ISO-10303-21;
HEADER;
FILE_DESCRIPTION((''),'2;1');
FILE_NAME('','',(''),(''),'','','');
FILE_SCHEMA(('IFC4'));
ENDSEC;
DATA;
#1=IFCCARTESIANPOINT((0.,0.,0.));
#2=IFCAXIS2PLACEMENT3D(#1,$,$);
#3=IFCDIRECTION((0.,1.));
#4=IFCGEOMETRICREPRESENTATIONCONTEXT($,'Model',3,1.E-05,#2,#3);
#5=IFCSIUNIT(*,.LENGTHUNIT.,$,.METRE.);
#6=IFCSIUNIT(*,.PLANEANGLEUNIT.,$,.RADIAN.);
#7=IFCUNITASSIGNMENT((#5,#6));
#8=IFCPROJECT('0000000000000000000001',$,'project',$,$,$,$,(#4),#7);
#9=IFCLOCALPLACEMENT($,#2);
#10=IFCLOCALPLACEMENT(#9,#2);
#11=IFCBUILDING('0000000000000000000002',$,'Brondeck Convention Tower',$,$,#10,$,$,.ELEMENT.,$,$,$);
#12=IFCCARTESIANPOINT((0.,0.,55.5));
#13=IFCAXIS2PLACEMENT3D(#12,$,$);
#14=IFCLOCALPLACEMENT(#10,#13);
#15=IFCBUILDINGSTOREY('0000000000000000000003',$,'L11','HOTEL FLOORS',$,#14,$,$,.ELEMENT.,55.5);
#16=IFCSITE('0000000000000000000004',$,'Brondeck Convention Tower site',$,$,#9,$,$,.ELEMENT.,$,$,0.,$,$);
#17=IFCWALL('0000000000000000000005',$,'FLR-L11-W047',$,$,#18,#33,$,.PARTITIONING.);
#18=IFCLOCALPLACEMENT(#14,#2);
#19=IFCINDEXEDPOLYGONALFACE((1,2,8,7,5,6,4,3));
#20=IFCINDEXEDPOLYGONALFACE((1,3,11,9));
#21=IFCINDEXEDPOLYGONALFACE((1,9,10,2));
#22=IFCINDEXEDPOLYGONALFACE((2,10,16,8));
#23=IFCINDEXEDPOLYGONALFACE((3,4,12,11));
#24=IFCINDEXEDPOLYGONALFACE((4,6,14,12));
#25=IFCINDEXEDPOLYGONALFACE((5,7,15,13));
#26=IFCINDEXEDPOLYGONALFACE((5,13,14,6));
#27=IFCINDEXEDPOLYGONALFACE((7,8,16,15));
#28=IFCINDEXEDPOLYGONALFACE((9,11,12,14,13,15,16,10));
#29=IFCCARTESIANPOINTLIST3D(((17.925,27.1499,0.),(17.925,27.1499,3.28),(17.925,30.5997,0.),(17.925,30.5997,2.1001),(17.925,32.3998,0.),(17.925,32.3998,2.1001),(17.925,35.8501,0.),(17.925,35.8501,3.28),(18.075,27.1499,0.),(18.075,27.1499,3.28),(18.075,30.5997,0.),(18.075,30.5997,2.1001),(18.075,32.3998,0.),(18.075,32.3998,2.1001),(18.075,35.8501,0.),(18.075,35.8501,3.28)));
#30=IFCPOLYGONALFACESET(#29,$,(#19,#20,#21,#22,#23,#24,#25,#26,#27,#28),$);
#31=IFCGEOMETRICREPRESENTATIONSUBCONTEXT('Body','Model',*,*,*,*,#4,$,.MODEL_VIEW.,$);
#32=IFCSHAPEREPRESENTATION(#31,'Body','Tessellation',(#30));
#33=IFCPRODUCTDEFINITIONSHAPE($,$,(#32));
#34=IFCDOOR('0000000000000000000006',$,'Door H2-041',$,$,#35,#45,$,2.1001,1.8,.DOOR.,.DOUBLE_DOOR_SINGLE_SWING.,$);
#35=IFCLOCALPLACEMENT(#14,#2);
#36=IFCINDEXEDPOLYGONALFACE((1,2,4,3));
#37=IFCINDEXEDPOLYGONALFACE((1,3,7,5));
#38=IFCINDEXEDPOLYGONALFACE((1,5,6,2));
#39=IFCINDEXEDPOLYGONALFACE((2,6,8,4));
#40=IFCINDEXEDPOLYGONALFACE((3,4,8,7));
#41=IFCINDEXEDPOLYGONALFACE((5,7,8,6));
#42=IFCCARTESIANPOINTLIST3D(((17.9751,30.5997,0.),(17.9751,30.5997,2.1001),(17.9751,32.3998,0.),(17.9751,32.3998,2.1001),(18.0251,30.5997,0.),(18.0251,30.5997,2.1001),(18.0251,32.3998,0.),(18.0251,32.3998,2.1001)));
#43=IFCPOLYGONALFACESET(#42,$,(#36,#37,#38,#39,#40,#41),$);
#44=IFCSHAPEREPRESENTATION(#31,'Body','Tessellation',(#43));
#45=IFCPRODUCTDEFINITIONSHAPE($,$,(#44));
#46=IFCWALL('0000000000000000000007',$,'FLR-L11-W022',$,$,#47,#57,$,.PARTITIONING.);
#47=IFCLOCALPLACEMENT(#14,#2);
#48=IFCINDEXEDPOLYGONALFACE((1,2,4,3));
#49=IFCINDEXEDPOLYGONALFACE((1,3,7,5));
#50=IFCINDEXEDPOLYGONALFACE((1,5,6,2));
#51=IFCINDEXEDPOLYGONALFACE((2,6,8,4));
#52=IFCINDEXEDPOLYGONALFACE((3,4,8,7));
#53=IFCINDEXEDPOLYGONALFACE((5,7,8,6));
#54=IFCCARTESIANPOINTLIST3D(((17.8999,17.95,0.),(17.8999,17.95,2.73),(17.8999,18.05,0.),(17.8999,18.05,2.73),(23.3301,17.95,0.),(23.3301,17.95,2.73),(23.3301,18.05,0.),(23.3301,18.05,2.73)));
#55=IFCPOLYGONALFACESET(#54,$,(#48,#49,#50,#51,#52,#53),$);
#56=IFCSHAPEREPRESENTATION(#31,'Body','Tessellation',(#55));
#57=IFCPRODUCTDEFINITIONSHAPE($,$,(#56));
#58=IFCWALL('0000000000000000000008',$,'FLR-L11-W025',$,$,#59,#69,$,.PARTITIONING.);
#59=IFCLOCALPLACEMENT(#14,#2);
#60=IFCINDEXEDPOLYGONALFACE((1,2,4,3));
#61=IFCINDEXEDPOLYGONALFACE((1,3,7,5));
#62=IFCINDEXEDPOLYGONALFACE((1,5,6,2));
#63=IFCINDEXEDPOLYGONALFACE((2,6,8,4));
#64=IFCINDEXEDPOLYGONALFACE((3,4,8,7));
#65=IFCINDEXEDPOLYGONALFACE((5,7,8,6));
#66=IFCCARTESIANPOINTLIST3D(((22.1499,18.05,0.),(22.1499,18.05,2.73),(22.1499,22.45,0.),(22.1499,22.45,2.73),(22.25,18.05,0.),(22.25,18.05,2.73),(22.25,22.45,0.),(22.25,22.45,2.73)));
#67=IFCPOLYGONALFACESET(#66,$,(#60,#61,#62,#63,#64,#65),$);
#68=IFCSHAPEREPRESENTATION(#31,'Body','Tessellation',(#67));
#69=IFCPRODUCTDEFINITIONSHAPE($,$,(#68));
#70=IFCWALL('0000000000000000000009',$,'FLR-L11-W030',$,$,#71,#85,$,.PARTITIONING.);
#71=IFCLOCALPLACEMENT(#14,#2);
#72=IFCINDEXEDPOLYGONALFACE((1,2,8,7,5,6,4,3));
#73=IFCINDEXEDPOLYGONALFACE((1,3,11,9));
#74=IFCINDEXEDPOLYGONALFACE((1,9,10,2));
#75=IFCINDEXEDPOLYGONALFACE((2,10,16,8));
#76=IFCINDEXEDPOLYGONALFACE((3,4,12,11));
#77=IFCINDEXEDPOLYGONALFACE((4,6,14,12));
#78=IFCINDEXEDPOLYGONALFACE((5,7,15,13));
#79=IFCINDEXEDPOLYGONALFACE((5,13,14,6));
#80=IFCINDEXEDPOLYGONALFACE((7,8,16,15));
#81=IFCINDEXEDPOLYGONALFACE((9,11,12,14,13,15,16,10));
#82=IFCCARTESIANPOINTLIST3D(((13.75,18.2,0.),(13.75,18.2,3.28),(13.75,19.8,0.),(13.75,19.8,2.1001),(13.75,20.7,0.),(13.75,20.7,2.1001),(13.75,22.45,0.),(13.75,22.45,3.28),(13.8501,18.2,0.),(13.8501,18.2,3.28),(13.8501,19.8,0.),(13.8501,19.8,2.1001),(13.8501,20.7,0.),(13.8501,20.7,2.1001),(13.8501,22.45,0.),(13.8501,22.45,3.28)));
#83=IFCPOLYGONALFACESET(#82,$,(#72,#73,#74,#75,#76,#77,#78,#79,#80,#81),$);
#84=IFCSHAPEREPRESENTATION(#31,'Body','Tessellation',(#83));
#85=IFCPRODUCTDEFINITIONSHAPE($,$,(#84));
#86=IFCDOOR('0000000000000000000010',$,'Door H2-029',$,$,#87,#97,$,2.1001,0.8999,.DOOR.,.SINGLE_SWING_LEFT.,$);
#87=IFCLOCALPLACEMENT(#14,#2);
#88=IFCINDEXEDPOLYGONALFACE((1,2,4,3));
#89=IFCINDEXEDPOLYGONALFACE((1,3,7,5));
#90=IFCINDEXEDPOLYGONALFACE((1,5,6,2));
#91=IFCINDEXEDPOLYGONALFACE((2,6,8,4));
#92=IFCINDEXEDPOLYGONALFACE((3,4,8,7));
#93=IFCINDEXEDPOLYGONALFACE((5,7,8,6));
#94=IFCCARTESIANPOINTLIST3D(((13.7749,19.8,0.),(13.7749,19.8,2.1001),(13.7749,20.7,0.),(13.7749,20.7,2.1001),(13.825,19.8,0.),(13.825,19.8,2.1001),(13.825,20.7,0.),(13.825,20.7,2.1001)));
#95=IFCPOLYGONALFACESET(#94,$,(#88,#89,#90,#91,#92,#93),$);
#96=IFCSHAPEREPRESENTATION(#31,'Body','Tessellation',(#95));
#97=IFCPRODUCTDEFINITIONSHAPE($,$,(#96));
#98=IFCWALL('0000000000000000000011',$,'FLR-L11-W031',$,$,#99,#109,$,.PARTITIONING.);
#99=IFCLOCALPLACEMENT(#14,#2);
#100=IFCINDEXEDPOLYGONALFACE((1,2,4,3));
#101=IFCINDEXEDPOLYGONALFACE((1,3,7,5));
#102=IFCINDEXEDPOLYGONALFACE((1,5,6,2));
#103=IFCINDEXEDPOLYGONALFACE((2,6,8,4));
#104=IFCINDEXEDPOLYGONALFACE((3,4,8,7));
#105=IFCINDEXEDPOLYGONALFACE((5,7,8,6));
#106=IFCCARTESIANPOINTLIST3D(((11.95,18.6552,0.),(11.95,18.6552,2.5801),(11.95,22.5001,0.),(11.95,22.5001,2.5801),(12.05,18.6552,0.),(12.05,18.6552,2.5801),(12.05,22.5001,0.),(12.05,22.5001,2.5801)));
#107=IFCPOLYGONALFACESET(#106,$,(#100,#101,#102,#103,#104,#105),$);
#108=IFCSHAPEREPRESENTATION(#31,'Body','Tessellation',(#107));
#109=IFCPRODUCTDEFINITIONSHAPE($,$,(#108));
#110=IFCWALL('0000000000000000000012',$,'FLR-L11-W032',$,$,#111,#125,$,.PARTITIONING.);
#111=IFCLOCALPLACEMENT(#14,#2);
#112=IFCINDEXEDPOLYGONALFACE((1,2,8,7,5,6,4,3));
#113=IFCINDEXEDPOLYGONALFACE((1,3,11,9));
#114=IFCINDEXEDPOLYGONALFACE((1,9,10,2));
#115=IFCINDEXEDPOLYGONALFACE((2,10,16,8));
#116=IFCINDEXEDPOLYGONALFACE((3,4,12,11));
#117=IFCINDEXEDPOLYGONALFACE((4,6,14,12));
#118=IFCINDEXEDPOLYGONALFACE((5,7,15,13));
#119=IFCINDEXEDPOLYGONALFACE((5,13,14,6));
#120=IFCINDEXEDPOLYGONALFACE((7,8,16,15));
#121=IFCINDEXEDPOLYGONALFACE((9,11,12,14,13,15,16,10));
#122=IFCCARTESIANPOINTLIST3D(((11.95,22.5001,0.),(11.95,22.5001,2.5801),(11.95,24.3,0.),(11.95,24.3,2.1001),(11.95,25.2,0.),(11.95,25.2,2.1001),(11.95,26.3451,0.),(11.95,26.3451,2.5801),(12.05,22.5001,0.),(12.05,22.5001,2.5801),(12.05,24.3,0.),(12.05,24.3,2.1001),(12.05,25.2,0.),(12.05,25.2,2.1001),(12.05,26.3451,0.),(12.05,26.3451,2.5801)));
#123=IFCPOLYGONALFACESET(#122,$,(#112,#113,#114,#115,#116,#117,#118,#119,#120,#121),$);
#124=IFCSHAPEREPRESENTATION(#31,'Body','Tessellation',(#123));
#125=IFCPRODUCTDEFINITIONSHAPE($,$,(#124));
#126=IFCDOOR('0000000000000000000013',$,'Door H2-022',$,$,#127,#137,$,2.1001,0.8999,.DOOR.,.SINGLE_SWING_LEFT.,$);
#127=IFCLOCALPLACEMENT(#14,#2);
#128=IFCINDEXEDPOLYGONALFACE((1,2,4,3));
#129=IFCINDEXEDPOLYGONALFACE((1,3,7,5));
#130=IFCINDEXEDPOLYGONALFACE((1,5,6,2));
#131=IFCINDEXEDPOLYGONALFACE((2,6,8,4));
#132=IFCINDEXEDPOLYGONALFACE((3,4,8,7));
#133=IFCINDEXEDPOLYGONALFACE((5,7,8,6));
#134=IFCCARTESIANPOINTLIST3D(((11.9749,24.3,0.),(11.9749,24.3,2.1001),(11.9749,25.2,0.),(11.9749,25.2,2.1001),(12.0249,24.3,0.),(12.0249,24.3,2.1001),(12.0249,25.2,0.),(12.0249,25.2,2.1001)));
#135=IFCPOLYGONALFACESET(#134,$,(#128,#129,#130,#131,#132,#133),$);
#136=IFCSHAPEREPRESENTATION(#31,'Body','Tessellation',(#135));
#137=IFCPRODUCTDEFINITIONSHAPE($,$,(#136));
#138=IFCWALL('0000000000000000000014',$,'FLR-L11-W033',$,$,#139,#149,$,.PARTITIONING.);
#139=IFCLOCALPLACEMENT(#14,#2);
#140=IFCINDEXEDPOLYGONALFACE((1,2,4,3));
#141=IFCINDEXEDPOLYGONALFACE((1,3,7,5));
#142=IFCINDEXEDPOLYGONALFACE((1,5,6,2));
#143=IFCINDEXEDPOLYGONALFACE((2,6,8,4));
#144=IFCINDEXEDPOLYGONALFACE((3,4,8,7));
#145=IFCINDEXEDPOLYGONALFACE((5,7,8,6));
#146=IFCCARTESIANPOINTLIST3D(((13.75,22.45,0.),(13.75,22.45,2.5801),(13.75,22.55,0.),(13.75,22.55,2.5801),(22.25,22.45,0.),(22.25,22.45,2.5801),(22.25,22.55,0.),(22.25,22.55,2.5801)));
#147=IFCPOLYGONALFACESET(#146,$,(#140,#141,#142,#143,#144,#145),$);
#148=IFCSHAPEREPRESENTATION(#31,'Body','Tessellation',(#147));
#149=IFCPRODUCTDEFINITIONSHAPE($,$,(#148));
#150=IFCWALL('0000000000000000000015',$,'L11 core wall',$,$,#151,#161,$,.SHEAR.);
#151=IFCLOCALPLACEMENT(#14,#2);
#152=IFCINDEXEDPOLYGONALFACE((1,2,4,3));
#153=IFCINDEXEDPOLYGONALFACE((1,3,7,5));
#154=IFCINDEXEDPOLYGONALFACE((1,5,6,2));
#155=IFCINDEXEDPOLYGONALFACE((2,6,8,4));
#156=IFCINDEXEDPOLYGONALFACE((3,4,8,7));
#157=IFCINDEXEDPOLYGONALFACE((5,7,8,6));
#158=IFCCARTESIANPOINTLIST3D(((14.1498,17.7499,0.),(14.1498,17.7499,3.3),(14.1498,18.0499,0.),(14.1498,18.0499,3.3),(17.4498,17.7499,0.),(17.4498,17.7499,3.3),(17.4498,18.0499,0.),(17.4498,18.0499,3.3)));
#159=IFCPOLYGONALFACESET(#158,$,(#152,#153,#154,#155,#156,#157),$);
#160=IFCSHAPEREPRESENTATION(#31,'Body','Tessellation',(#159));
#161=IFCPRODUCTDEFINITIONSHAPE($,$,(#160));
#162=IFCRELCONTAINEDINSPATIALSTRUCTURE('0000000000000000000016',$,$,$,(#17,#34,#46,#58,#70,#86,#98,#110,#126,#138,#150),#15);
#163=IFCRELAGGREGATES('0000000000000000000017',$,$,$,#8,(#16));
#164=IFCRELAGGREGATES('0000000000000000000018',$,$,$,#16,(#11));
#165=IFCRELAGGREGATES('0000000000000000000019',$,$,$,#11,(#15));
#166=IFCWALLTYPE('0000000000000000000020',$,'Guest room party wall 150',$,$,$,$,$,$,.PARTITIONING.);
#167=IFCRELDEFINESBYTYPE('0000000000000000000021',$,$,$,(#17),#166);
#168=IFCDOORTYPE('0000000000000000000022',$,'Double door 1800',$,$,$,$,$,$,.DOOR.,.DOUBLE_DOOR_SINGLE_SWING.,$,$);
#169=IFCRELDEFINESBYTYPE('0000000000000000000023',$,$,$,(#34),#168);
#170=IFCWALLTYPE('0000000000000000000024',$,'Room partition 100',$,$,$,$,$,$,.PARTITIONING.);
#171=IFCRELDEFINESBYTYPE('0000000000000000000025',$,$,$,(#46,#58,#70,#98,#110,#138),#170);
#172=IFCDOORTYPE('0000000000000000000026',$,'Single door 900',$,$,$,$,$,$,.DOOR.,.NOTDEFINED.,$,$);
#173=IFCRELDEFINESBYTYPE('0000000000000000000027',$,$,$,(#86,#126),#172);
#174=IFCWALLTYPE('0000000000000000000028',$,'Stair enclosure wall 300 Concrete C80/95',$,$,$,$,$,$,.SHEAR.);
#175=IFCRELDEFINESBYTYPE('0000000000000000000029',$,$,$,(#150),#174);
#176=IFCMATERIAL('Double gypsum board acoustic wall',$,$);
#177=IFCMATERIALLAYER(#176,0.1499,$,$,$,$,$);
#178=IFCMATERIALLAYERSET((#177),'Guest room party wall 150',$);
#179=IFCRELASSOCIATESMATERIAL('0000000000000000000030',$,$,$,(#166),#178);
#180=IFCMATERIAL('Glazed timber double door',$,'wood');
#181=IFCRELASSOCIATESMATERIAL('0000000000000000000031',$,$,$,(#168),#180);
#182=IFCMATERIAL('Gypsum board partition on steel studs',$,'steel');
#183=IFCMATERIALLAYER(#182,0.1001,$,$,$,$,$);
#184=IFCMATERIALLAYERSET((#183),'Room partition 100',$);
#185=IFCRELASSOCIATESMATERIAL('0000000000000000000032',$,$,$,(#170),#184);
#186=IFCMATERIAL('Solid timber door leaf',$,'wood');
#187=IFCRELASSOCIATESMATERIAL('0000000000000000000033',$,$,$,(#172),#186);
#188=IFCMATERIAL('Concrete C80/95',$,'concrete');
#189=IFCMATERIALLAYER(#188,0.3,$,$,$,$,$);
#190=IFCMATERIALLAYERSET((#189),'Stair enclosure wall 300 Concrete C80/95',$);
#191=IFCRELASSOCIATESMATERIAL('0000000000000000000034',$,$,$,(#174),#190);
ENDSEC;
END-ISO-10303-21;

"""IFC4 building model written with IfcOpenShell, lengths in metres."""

from ifc_helpers import new_model, si_unit, direction, frame, frame_2d, origin, place, context, subcontext, project, spatial, rectangle, extrude, material, layer, layer_set, type_object, element, fill, save


model = new_model("IFC4")

# Units and contexts
model_context = context("Model", 3, precision=1e-05, world=origin(), true_north=direction((0.0, 1.0)))
body_context = subcontext(model_context, "Body", "Model", "MODEL_VIEW")
ifc_project = project(units=[si_unit("LENGTHUNIT", "METRE"), si_unit("PLANEANGLEUNIT", "RADIAN")], contexts=[model_context])

# Site, building, storey
site_placement = place(None, origin())
site = spatial("IfcSite", under=ifc_project, at=site_placement, Name="Brondeck Convention Tower site", CompositionType="ELEMENT", RefElevation=0.0)
building_placement = place(site_placement, origin())
building = spatial("IfcBuilding", under=site, at=building_placement, Name="Brondeck Convention Tower", CompositionType="ELEMENT")
storey_placement = place(building_placement, frame((0.0, 0.0, 55.5)))
storey = spatial("IfcBuildingStorey", under=building, at=storey_placement, Name="L11", Description="HOTEL FLOORS", CompositionType="ELEMENT", Elevation=55.5)

# Shared definitions
ifc_material_1 = material(Name="Concrete C80/95", Category="concrete")

# Wall, opening, door
ifc_material_2 = material(Name="Double gypsum board acoustic wall")
ifc_layer_1 = layer(ifc_material_2, 0.1499)
ifc_layer_set_1 = layer_set([ifc_layer_1], Name="Guest room party wall 150")
wall_type_1 = type_object("IfcWallType", Name="Guest room party wall 150", PredefinedType="PARTITIONING", material=ifc_layer_set_1)
wall_1_placement = place(storey_placement, frame((18.0, 27.1499, 0.0), z_axis=(0.0, 0.0, 1.0), x_axis=(0.0, 1.0, 0.0)))
wall_1 = element("IfcWall", 1, at=wall_1_placement, inside=storey, type_object=wall_type_1, Name="FLR-L11-W047", PredefinedType="PARTITIONING", context=body_context, shape_type="SweptSolid", body=[
    extrude(rectangle(XDim=8.7002, YDim=0.1499, at=frame_2d((4.3501, 0.0))), origin(), (0.0, 0.0, 1.0), 3.28),
])
opening_1_placement = place(wall_1_placement, frame((3.45, 0.0, 0.0)))
opening_1 = element("IfcOpeningElement", 2, at=opening_1_placement, cuts=wall_1, PredefinedType="OPENING", context=body_context, shape_type="SweptSolid", body=[
    extrude(rectangle(XDim=1.8, YDim=2.1001, at=frame_2d((0.8999, 1.05))), frame((0.0, 0.085, 0.0), z_axis=(0.0, -1.0, 0.0), x_axis=(1.0, 0.0, 0.0)), (0.0, 0.0, 1.0), 0.1699),
])
ifc_material_3 = material(Name="Glazed timber double door", Category="wood")
door_type_1 = type_object("IfcDoorType", Name="Double door 1800", OperationType="DOUBLE_DOOR_SINGLE_SWING", PredefinedType="DOOR", material=ifc_material_3)
door_1_placement = place(opening_1_placement, origin())
door_1 = element("IfcDoor", 3, at=door_1_placement, inside=storey, type_object=door_type_1, Name="Door H2-041", OperationType="DOUBLE_DOOR_SINGLE_SWING", OverallHeight=2.1001, OverallWidth=1.8, PredefinedType="DOOR", context=body_context, shape_type="SweptSolid", body=[
    extrude(rectangle(XDim=1.8, YDim=2.1001, at=frame_2d((0.8999, 1.05))), frame((0.0, 0.0249, 0.0), z_axis=(0.0, -1.0, 0.0), x_axis=(1.0, 0.0, 0.0)), (0.0, 0.0, 1.0), 0.05),
])
fill(opening_1, door_1)

# Walls
ifc_material_4 = material(Name="Gypsum board partition on steel studs", Category="steel")
ifc_layer_2 = layer(ifc_material_4, 0.1001)
ifc_layer_set_2 = layer_set([ifc_layer_2], Name="Room partition 100")
wall_type_2 = type_object("IfcWallType", Name="Room partition 100", PredefinedType="PARTITIONING", material=ifc_layer_set_2)
wall_2_placement = place(storey_placement, frame((23.3301, 18.0, 0.0), z_axis=(0.0, 0.0, 1.0), x_axis=(-1.0, 0.0, 0.0)))
element("IfcWall", 4, at=wall_2_placement, inside=storey, type_object=wall_type_2, Name="FLR-L11-W022", PredefinedType="PARTITIONING", context=body_context, shape_type="SweptSolid", body=[
    extrude(rectangle(XDim=5.4302, YDim=0.1001, at=frame_2d((2.7151, 0.0))), origin(), (0.0, 0.0, 1.0), 2.73),
])
wall_3_placement = place(storey_placement, frame((22.2, 18.05, 0.0), z_axis=(0.0, 0.0, 1.0), x_axis=(0.0, 1.0, 0.0)))
element("IfcWall", 5, at=wall_3_placement, inside=storey, type_object=wall_type_2, Name="FLR-L11-W025", PredefinedType="PARTITIONING", context=body_context, shape_type="SweptSolid", body=[
    extrude(rectangle(XDim=4.3999, YDim=0.1001, at=frame_2d((2.2, 0.0))), origin(), (0.0, 0.0, 1.0), 2.73),
])

# Wall, opening, door
wall_4_placement = place(storey_placement, frame((13.8, 22.45, 0.0), z_axis=(0.0, 0.0, 1.0), x_axis=(0.0, -1.0, 0.0)))
wall_4 = element("IfcWall", 6, at=wall_4_placement, inside=storey, type_object=wall_type_2, Name="FLR-L11-W030", PredefinedType="PARTITIONING", context=body_context, shape_type="SweptSolid", body=[
    extrude(rectangle(XDim=4.25, YDim=0.1001, at=frame_2d((2.125, 0.0))), origin(), (0.0, 0.0, 1.0), 3.28),
])
opening_2_placement = place(wall_4_placement, frame((1.75, 0.0, 0.0)))
opening_2 = element("IfcOpeningElement", 7, at=opening_2_placement, cuts=wall_4, PredefinedType="OPENING", context=body_context, shape_type="SweptSolid", body=[
    extrude(rectangle(XDim=0.8999, YDim=2.1001, at=frame_2d((0.45, 1.05))), frame((0.0, 0.0601, 0.0), z_axis=(0.0, -1.0, 0.0), x_axis=(1.0, 0.0, 0.0)), (0.0, 0.0, 1.0), 0.1201),
])
ifc_material_5 = material(Name="Solid timber door leaf", Category="wood")
door_type_2 = type_object("IfcDoorType", Name="Single door 900", OperationType="NOTDEFINED", PredefinedType="DOOR", material=ifc_material_5)
door_2_placement = place(opening_2_placement, origin())
door_2 = element("IfcDoor", 8, at=door_2_placement, inside=storey, type_object=door_type_2, Name="Door H2-029", OperationType="SINGLE_SWING_LEFT", OverallHeight=2.1001, OverallWidth=0.8999, PredefinedType="DOOR", context=body_context, shape_type="SweptSolid", body=[
    extrude(rectangle(XDim=0.8999, YDim=2.1001, at=frame_2d((0.45, 1.05))), frame((0.0, 0.0249, 0.0), z_axis=(0.0, -1.0, 0.0), x_axis=(1.0, 0.0, 0.0)), (0.0, 0.0, 1.0), 0.05),
])
fill(opening_2, door_2)

# Wall
wall_5_placement = place(storey_placement, frame((12.0, 22.5, 0.0), z_axis=(0.0, 0.0, 1.0), x_axis=(0.0, -1.0, 0.0)))
element("IfcWall", 9, at=wall_5_placement, inside=storey, type_object=wall_type_2, Name="FLR-L11-W031", PredefinedType="PARTITIONING", context=body_context, shape_type="SweptSolid", body=[
    extrude(rectangle(XDim=3.845, YDim=0.1001, at=frame_2d((1.9224, 0.0))), origin(), (0.0, 0.0, 1.0), 2.5801),
])

# Wall, opening, door
wall_6_placement = place(storey_placement, frame((12.0, 26.345, 0.0), z_axis=(0.0, 0.0, 1.0), x_axis=(0.0, -1.0, 0.0)))
wall_6 = element("IfcWall", 10, at=wall_6_placement, inside=storey, type_object=wall_type_2, Name="FLR-L11-W032", PredefinedType="PARTITIONING", context=body_context, shape_type="SweptSolid", body=[
    extrude(rectangle(XDim=3.845, YDim=0.1001, at=frame_2d((1.9224, 0.0))), origin(), (0.0, 0.0, 1.0), 2.5801),
])
opening_3_placement = place(wall_6_placement, frame((1.145, 0.0, 0.0)))
opening_3 = element("IfcOpeningElement", 11, at=opening_3_placement, cuts=wall_6, PredefinedType="OPENING", context=body_context, shape_type="SweptSolid", body=[
    extrude(rectangle(XDim=0.8999, YDim=2.1001, at=frame_2d((0.45, 1.05))), frame((0.0, 0.0601, 0.0), z_axis=(0.0, -1.0, 0.0), x_axis=(1.0, 0.0, 0.0)), (0.0, 0.0, 1.0), 0.1201),
])
door_3_placement = place(opening_3_placement, origin())
door_3 = element("IfcDoor", 12, at=door_3_placement, inside=storey, type_object=door_type_2, Name="Door H2-022", OperationType="SINGLE_SWING_LEFT", OverallHeight=2.1001, OverallWidth=0.8999, PredefinedType="DOOR", context=body_context, shape_type="SweptSolid", body=[
    extrude(rectangle(XDim=0.8999, YDim=2.1001, at=frame_2d((0.45, 1.05))), frame((0.0, 0.0249, 0.0), z_axis=(0.0, -1.0, 0.0), x_axis=(1.0, 0.0, 0.0)), (0.0, 0.0, 1.0), 0.05),
])
fill(opening_3, door_3)

# Walls
wall_7_placement = place(storey_placement, frame((22.25, 22.5, 0.0), z_axis=(0.0, 0.0, 1.0), x_axis=(-1.0, 0.0, 0.0)))
element("IfcWall", 13, at=wall_7_placement, inside=storey, type_object=wall_type_2, Name="FLR-L11-W033", PredefinedType="PARTITIONING", context=body_context, shape_type="SweptSolid", body=[
    extrude(rectangle(XDim=8.5, YDim=0.1001, at=frame_2d((4.25, 0.0))), origin(), (0.0, 0.0, 1.0), 2.5801),
])
ifc_layer_3 = layer(ifc_material_1, 0.3)
ifc_layer_set_3 = layer_set([ifc_layer_3], Name="Stair enclosure wall 300 Concrete C80/95")
wall_type_3 = type_object("IfcWallType", Name="Stair enclosure wall 300 Concrete C80/95", PredefinedType="SHEAR", material=ifc_layer_set_3)
wall_8_placement = place(storey_placement, frame((14.1499, 17.8999, 0.0), z_axis=(0.0, 0.0, 1.0), x_axis=(1.0, 0.0, 0.0)))
element("IfcWall", 14, at=wall_8_placement, inside=storey, type_object=wall_type_3, Name="L11 core wall", PredefinedType="SHEAR", context=body_context, shape_type="SweptSolid", body=[
    extrude(rectangle(XDim=3.3, YDim=0.3, at=frame_2d((1.6499, 0.0))), origin(), (0.0, 0.0, 1.0), 3.3),
])

save(model, "model.ifc")
